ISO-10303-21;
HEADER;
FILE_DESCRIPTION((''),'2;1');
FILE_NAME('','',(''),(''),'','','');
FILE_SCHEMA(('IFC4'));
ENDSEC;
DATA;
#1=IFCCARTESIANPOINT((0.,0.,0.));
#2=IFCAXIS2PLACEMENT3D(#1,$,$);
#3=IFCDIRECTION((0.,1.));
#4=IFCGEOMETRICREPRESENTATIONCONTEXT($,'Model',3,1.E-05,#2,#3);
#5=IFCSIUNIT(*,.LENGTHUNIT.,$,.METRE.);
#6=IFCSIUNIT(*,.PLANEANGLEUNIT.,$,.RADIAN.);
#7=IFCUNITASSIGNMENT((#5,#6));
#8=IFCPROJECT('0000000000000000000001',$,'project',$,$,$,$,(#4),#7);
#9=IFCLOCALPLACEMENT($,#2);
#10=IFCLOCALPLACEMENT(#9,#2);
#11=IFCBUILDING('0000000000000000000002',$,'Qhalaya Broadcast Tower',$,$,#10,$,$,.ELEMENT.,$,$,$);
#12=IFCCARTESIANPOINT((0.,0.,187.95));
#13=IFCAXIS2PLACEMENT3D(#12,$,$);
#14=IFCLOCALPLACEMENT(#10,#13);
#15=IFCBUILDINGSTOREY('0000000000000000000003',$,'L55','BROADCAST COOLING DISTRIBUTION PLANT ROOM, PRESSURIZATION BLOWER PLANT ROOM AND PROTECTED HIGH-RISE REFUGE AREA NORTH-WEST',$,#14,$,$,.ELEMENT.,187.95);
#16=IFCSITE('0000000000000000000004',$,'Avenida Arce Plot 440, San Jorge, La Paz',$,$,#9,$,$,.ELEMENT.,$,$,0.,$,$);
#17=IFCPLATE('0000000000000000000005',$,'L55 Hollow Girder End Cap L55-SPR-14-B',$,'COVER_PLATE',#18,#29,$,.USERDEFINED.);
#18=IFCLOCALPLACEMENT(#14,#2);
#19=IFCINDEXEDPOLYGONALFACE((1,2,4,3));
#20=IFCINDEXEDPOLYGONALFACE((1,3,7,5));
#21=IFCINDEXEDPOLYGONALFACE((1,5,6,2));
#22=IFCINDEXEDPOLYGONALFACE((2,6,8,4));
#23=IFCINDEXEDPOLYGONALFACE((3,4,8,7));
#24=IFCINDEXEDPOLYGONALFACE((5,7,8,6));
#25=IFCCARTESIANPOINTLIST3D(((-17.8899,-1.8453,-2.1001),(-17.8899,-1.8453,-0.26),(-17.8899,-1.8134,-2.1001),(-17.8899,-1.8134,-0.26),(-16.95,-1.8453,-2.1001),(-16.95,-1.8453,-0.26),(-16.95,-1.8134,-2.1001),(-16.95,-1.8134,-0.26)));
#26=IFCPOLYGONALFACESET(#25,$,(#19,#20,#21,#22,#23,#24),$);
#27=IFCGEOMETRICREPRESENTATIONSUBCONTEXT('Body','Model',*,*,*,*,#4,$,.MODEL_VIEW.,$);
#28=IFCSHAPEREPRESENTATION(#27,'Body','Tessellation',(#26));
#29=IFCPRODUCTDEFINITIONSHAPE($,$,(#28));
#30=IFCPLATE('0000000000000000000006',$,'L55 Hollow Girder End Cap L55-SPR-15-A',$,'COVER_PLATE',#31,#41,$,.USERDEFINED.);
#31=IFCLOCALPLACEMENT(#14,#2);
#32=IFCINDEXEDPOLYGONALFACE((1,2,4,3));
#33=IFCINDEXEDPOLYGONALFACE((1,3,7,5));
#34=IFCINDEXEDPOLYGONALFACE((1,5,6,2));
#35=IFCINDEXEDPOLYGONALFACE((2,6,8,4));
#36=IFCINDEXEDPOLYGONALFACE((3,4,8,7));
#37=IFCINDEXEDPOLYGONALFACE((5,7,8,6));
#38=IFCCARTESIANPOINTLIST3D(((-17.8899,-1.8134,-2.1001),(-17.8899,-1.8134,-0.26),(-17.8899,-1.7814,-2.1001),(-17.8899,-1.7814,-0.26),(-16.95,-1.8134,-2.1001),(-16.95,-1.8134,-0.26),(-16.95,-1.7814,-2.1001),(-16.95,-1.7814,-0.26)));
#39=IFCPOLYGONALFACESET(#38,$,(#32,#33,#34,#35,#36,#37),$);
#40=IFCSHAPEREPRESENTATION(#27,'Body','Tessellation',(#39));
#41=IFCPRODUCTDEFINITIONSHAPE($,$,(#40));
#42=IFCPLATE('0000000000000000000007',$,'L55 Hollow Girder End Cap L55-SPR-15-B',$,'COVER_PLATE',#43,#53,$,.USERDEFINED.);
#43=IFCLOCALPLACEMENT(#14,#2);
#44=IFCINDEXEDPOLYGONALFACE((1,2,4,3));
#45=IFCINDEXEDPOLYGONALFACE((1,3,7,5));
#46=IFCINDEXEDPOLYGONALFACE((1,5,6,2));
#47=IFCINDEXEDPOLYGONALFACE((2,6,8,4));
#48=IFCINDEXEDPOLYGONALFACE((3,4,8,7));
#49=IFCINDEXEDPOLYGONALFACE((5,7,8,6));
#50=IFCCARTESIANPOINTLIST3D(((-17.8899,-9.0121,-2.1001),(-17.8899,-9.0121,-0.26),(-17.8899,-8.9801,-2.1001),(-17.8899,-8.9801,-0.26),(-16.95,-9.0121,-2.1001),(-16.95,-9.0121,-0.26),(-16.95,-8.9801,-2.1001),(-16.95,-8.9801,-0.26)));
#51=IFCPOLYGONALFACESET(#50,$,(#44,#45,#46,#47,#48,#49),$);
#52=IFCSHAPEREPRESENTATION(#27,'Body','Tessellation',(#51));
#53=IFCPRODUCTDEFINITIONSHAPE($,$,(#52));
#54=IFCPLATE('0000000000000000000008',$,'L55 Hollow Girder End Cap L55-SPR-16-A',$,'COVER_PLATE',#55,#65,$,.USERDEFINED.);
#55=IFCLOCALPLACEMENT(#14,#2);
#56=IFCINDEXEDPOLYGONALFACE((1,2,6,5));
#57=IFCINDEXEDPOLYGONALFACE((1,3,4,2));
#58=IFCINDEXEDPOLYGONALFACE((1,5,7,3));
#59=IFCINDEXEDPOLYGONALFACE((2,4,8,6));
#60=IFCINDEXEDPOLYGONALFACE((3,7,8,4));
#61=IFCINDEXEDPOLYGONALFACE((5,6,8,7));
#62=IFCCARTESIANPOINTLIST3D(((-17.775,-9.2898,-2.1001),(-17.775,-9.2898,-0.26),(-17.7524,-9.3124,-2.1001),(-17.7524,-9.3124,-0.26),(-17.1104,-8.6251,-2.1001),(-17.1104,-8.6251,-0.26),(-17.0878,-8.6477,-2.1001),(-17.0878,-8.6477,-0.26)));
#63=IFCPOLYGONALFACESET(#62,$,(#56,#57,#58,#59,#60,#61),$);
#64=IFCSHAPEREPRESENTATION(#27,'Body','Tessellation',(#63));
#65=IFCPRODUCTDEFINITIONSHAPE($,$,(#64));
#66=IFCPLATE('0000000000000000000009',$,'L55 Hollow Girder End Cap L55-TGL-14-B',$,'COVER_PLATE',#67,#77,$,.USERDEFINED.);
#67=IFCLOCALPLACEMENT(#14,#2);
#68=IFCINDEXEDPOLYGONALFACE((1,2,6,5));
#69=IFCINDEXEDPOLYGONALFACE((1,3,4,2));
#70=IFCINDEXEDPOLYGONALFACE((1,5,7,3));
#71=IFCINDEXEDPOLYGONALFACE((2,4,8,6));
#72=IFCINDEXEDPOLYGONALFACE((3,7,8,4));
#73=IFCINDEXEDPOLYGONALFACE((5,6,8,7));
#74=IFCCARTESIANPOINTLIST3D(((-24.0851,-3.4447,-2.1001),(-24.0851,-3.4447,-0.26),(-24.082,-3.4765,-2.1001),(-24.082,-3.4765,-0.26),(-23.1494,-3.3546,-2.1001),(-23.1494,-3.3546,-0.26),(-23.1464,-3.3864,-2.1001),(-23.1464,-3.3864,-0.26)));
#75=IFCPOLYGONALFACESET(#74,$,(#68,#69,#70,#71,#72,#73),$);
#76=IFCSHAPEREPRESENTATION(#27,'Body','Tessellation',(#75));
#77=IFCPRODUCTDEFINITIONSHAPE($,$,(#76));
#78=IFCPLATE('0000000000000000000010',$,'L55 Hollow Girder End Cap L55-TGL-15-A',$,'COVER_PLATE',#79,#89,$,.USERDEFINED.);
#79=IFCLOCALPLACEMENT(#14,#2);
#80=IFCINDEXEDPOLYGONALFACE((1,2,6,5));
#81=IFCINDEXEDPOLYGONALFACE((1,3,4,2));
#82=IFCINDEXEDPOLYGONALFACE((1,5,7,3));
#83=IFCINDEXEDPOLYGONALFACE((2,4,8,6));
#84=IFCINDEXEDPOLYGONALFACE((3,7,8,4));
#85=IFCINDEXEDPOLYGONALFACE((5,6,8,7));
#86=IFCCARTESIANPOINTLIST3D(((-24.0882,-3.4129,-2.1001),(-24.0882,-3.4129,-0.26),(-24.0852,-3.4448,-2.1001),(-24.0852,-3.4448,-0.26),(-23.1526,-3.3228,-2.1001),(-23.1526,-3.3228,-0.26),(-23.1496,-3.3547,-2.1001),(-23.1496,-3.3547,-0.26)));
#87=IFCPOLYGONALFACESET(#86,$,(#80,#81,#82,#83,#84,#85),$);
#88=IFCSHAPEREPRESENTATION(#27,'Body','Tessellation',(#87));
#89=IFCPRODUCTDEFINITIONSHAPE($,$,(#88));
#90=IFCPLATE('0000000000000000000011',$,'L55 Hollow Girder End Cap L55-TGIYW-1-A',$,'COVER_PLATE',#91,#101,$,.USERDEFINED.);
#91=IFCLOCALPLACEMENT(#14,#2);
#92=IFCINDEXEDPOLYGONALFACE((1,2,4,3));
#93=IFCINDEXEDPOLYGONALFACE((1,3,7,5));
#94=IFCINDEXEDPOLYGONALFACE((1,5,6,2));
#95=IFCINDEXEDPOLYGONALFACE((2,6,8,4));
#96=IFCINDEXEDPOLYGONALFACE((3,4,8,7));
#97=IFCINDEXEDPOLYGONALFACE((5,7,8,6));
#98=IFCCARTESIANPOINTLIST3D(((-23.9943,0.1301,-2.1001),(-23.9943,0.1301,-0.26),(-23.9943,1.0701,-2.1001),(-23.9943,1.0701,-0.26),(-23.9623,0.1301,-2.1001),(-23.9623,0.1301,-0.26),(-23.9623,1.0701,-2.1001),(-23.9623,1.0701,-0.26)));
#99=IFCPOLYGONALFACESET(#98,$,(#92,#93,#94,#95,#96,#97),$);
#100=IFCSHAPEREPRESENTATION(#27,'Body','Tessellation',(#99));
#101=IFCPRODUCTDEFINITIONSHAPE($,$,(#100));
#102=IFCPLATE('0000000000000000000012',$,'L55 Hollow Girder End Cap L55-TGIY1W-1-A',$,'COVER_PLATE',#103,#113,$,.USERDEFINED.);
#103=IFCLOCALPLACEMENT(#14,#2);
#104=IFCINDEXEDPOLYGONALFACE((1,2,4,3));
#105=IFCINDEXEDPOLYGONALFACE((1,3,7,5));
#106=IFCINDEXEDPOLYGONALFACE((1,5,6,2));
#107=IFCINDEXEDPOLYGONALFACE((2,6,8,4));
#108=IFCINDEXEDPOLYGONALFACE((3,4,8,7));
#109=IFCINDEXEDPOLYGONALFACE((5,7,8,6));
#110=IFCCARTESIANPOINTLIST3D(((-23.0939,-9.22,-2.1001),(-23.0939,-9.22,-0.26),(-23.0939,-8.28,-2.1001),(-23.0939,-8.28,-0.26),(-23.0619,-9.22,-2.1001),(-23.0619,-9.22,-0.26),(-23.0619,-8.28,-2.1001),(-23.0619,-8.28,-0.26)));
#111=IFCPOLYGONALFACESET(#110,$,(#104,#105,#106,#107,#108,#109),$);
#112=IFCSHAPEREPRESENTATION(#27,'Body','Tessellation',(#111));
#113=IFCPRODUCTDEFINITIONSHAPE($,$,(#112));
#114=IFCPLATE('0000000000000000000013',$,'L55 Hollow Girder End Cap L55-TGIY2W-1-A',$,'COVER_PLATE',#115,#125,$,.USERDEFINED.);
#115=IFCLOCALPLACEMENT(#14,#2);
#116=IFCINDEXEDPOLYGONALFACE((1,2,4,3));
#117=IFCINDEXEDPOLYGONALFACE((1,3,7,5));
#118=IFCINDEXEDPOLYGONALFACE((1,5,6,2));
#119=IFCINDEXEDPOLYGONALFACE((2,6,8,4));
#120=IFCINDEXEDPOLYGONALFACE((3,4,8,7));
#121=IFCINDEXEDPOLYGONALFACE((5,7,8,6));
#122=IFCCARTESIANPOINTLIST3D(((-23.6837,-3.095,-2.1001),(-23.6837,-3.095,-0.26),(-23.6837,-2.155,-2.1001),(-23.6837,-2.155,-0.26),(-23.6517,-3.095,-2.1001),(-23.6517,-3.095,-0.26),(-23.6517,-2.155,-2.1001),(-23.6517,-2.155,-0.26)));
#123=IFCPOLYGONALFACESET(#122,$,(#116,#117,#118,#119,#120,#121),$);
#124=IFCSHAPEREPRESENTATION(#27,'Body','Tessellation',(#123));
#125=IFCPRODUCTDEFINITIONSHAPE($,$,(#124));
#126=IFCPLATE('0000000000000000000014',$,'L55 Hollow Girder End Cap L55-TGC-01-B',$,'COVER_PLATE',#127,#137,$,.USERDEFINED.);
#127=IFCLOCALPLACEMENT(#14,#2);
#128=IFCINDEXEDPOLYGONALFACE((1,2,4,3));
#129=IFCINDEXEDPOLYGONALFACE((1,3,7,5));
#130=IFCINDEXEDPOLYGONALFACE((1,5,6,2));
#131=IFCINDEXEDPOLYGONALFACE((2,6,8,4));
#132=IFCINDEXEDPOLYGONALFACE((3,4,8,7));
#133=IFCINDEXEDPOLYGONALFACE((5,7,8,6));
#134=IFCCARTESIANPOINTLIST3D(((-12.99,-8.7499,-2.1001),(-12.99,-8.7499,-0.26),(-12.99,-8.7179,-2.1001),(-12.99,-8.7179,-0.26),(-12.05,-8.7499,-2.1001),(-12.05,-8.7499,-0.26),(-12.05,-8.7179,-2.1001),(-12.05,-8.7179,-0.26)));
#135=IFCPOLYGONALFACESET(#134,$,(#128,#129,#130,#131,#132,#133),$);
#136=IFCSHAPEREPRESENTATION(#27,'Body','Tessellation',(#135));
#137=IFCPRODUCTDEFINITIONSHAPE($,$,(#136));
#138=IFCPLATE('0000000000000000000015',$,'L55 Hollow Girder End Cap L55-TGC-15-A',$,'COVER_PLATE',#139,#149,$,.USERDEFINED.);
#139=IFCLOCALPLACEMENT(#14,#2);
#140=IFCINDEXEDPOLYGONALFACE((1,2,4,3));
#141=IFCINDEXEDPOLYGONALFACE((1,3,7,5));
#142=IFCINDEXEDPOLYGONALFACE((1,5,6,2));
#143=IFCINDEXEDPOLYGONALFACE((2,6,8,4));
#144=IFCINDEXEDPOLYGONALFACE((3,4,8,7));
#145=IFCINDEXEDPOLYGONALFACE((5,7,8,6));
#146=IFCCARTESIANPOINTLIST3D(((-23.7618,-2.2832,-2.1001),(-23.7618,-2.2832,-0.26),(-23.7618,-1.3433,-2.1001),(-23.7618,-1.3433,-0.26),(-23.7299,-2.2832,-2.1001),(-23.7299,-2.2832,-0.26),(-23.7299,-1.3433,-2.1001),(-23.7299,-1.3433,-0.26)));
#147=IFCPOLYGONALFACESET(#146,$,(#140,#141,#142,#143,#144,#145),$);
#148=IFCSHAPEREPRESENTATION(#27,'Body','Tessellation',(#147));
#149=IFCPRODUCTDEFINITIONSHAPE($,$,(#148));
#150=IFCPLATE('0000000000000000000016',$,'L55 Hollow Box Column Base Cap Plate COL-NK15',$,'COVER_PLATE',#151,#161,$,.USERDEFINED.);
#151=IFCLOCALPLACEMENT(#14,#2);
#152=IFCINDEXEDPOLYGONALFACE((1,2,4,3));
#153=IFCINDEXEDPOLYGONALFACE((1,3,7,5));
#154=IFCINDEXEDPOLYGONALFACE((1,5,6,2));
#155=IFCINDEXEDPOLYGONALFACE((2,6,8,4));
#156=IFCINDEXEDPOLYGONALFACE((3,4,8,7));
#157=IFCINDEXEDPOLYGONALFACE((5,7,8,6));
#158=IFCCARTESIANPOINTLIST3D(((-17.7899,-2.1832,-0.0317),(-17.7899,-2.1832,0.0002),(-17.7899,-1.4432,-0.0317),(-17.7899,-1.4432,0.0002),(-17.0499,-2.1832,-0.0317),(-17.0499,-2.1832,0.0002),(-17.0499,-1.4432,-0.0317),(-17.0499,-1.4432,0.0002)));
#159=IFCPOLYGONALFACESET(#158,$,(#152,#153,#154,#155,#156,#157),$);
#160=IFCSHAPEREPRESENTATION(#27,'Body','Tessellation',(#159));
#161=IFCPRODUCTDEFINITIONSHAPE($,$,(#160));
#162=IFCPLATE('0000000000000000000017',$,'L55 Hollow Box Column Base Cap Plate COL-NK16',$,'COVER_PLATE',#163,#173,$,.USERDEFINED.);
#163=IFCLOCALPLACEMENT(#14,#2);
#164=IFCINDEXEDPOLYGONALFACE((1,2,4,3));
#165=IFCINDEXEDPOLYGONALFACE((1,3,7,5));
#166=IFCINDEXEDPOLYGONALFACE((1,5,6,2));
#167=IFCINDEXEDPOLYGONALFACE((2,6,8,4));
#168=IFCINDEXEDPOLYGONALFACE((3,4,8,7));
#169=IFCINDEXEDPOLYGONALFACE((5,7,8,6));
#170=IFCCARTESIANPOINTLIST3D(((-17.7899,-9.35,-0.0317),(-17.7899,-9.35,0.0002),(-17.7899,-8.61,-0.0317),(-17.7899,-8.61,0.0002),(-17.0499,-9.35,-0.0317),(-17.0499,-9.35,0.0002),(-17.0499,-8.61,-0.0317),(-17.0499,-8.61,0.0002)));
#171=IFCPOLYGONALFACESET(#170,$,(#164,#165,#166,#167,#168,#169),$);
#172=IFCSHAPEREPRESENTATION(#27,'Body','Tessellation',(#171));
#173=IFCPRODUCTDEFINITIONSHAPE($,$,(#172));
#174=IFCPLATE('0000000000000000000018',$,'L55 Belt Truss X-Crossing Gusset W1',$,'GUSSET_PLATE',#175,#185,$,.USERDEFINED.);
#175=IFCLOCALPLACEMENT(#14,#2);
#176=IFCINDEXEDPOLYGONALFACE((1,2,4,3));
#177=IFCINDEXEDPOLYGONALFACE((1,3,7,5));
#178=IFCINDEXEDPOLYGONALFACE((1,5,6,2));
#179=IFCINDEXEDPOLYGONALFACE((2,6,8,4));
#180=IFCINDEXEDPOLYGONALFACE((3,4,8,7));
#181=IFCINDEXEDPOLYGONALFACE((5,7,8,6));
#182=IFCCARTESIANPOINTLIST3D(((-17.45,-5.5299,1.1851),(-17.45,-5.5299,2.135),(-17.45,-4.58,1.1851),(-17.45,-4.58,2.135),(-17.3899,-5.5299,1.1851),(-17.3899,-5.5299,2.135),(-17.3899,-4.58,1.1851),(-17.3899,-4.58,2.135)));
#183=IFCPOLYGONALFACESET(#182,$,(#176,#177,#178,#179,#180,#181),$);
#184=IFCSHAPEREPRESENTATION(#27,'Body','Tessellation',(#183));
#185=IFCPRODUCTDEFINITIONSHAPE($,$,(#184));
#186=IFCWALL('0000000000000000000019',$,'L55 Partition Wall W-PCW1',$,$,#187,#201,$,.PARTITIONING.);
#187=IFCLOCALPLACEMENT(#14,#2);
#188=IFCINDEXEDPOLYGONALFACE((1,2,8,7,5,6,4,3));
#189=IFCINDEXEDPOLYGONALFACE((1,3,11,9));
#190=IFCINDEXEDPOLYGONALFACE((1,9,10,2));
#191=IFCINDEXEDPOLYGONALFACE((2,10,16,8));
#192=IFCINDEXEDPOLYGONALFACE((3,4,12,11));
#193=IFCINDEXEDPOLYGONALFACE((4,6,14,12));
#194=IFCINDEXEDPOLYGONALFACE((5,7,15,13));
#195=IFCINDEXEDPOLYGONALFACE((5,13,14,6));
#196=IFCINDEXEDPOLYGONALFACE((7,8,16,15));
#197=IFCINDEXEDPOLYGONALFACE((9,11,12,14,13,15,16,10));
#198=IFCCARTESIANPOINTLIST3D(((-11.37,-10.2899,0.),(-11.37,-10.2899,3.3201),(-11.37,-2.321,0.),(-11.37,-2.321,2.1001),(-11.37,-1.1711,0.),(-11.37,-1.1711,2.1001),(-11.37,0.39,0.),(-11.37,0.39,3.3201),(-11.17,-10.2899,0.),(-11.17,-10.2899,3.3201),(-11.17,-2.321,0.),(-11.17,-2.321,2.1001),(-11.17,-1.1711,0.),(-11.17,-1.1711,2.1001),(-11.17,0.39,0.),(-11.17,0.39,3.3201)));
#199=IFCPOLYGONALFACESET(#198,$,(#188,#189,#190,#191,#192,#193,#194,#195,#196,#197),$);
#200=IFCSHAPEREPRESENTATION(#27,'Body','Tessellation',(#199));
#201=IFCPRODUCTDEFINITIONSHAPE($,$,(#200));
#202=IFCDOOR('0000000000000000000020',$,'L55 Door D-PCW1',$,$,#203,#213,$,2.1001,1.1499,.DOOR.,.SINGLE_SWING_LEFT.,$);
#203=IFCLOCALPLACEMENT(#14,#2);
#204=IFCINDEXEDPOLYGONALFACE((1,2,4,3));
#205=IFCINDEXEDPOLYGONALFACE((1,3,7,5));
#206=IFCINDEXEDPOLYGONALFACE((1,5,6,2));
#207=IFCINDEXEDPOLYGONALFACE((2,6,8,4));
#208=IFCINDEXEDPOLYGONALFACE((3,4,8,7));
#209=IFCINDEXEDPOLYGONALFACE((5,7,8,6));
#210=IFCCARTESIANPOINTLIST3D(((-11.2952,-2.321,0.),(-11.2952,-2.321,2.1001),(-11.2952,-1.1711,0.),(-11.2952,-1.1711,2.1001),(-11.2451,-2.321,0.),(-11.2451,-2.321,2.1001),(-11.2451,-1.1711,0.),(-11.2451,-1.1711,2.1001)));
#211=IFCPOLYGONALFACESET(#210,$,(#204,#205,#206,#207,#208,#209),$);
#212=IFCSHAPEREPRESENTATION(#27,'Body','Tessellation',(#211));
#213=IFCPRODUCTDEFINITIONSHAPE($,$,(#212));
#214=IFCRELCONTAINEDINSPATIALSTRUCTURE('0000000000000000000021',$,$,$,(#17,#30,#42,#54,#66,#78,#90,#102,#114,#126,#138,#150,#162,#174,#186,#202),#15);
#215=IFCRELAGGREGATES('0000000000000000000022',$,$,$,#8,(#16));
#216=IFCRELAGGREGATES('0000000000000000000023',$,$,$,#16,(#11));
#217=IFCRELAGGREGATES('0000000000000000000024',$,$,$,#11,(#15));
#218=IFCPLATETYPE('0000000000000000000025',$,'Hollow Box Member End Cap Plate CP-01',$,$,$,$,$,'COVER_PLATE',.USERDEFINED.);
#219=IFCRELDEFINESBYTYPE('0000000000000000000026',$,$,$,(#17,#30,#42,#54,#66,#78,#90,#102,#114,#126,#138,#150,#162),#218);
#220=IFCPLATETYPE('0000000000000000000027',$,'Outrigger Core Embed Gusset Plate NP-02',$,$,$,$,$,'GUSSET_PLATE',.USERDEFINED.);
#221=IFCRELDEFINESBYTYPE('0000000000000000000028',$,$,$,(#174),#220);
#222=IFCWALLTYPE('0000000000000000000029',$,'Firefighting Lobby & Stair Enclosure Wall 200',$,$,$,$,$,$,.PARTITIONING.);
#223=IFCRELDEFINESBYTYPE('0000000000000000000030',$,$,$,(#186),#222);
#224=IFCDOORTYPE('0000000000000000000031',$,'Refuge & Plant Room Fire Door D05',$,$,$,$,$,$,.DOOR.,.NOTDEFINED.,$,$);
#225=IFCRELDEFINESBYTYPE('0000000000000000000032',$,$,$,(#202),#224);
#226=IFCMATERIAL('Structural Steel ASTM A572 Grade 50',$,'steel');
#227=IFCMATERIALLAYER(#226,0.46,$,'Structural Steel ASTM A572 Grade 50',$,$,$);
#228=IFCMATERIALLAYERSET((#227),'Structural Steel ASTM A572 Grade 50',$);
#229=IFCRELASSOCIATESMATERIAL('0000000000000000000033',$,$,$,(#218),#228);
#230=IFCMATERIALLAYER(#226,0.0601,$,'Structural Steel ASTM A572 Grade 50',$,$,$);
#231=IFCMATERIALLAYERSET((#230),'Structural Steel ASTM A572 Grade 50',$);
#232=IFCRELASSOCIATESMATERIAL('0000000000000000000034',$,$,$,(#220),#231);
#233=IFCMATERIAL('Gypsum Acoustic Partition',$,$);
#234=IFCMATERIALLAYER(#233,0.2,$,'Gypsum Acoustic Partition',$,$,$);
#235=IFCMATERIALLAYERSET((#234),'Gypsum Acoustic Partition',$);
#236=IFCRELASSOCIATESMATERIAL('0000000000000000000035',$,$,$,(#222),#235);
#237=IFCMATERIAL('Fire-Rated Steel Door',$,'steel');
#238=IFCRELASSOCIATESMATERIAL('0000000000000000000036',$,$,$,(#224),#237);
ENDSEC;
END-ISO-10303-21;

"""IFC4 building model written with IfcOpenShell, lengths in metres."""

from ifc_helpers import new_model, si_unit, direction, frame, frame_2d, origin, origin_2d, place, context, subcontext, project, spatial, rectangle, extrude, material, layer, layer_set, type_object, element, fill, save


model = new_model("IFC4")

# Units and contexts
model_context = context("Model", 3, precision=1e-05, world=origin(), true_north=direction((0.0, 1.0)))
body_context = subcontext(model_context, "Body", "Model", "MODEL_VIEW")
ifc_project = project(units=[si_unit("LENGTHUNIT", "METRE"), si_unit("PLANEANGLEUNIT", "RADIAN")], contexts=[model_context])

# Site, building, storey
site_placement = place(None, origin())
site = spatial("IfcSite", under=ifc_project, at=site_placement, Name="Avenida Arce Plot 440, San Jorge, La Paz", CompositionType="ELEMENT", RefElevation=0.0)
building_placement = place(site_placement, origin())
building = spatial("IfcBuilding", under=site, at=building_placement, Name="Qhalaya Broadcast Tower", CompositionType="ELEMENT")
storey_placement = place(building_placement, frame((0.0, 0.0, 187.95)))
storey = spatial("IfcBuildingStorey", under=building, at=storey_placement, Name="L55", Description="BROADCAST COOLING DISTRIBUTION PLANT ROOM, PRESSURIZATION BLOWER PLANT ROOM AND PROTECTED HIGH-RISE REFUGE AREA NORTH-WEST", CompositionType="ELEMENT", Elevation=187.95)

# Shared definitions
ifc_material_1 = material(Name="Structural Steel ASTM A572 Grade 50", Category="steel")

# Plates
ifc_layer_1 = layer(ifc_material_1, 0.46, Name="Structural Steel ASTM A572 Grade 50")
ifc_layer_set_1 = layer_set([ifc_layer_1], Name="Structural Steel ASTM A572 Grade 50")
plate_type_1 = type_object("IfcPlateType", Name="Hollow Box Member End Cap Plate CP-01", ElementType="COVER_PLATE", PredefinedType="USERDEFINED", material=ifc_layer_set_1)
for number, where, z_axis, x_axis, name in (
    (1, (-17.4199, -1.8293, -2.1001), (0.0, 0.0, 1.0), (1.0, 0.0, 0.0), "L55 Hollow Girder End Cap L55-SPR-14-B"),
    (2, (-17.4199, -1.7974, -2.1001), (0.0, 0.0, 1.0), (1.0, 0.0, 0.0), "L55 Hollow Girder End Cap L55-SPR-15-A"),
    (3, (-17.4199, -8.9961, -2.1001), (0.0, 0.0, 1.0), (1.0, 0.0, 0.0), "L55 Hollow Girder End Cap L55-SPR-15-B"),
    (4, (-17.4314, -8.9688, -2.1001), (0.0, 0.0, 1.0), (0.707107, 0.707107, 0.0), "L55 Hollow Girder End Cap L55-SPR-16-A"),
    (5, (-23.6157, -3.4155, -2.1001), (0.0, 0.0, 1.0), (0.995396, 0.095846, 0.0), "L55 Hollow Girder End Cap L55-TGL-14-B"),
    (6, (-23.6189, -3.3838, -2.1001), (0.0, 0.0, 1.0), (0.995396, 0.095846, 0.0), "L55 Hollow Girder End Cap L55-TGL-15-A"),
    (7, (-23.9783, 0.6001, -2.1001), (0.0, 0.0, 1.0), (0.0, 1.0, 0.0), "L55 Hollow Girder End Cap L55-TGIYW-1-A"),
    (8, (-23.0779, -8.75, -2.1001), (0.0, 0.0, 1.0), (0.0, 1.0, 0.0), "L55 Hollow Girder End Cap L55-TGIY1W-1-A"),
    (9, (-23.6677, -2.625, -2.1001), (0.0, 0.0, 1.0), (0.0, 1.0, 0.0), "L55 Hollow Girder End Cap L55-TGIY2W-1-A"),
    (10, (-12.52, -8.7339, -2.1001), (0.0, 0.0, 1.0), (-1.0, 0.0, 0.0), "L55 Hollow Girder End Cap L55-TGC-01-B"),
    (11, (-23.7458, -1.8132, -2.1001), (0.0, 0.0, 1.0), (0.0, 1.0, 0.0), "L55 Hollow Girder End Cap L55-TGC-15-A"),
):
    element("IfcPlate", number, at=place(storey_placement, frame(where, z_axis=z_axis, x_axis=x_axis)), inside=storey, type_object=plate_type_1, Name=name, ObjectType="COVER_PLATE", PredefinedType="USERDEFINED", context=body_context, shape_type="SweptSolid", body=[
        extrude(rectangle(XDim=0.9399, YDim=0.032, at=origin_2d()), origin(), (0.0, 0.0, 1.0), 1.8401),
    ])
for number, where, z_axis, x_axis, name in (
    (12, (-17.4199, -1.8132, -0.0317), (0.0, 0.0, 1.0), (0.0, 1.0, 0.0), "L55 Hollow Box Column Base Cap Plate COL-NK15"),
    (13, (-17.4199, -8.98, -0.0317), (0.0, 0.0, 1.0), (0.0, 1.0, 0.0), "L55 Hollow Box Column Base Cap Plate COL-NK16"),
):
    element("IfcPlate", number, at=place(storey_placement, frame(where, z_axis=z_axis, x_axis=x_axis)), inside=storey, type_object=plate_type_1, Name=name, ObjectType="COVER_PLATE", PredefinedType="USERDEFINED", context=body_context, shape_type="SweptSolid", body=[
        extrude(rectangle(XDim=0.74, YDim=0.74, at=origin_2d()), origin(), (0.0, 0.0, 1.0), 0.032),
    ])
ifc_layer_2 = layer(ifc_material_1, 0.0601, Name="Structural Steel ASTM A572 Grade 50")
ifc_layer_set_2 = layer_set([ifc_layer_2], Name="Structural Steel ASTM A572 Grade 50")
plate_type_2 = type_object("IfcPlateType", Name="Outrigger Core Embed Gusset Plate NP-02", ElementType="GUSSET_PLATE", PredefinedType="USERDEFINED", material=ifc_layer_set_2)
plate_placement = place(storey_placement, frame((-17.4199, -5.0549, 1.1851), z_axis=(0.0, 0.0, 1.0), x_axis=(0.0, 1.0, 0.0)))
element("IfcPlate", 14, at=plate_placement, inside=storey, type_object=plate_type_2, Name="L55 Belt Truss X-Crossing Gusset W1", ObjectType="GUSSET_PLATE", PredefinedType="USERDEFINED", context=body_context, shape_type="SweptSolid", body=[
    extrude(rectangle(XDim=0.95, YDim=0.0601, at=origin_2d()), origin(), (0.0, 0.0, 1.0), 0.95),
])

# Wall, opening, door
ifc_material_2 = material(Name="Gypsum Acoustic Partition")
ifc_layer_3 = layer(ifc_material_2, 0.2, Name="Gypsum Acoustic Partition")
ifc_layer_set_3 = layer_set([ifc_layer_3], Name="Gypsum Acoustic Partition")
wall_type_1 = type_object("IfcWallType", Name="Firefighting Lobby & Stair Enclosure Wall 200", PredefinedType="PARTITIONING", material=ifc_layer_set_3)
wall_1_placement = place(storey_placement, frame((-11.27, 0.3899, 0.0), z_axis=(0.0, 0.0, 1.0), x_axis=(0.0, -1.0, 0.0)))
wall_1 = element("IfcWall", 15, at=wall_1_placement, inside=storey, type_object=wall_type_1, Name="L55 Partition Wall W-PCW1", PredefinedType="PARTITIONING", context=body_context, shape_type="SweptSolid", body=[
    extrude(rectangle(XDim=10.6799, YDim=0.2, at=frame_2d((5.3398, 0.0))), origin(), (0.0, 0.0, 1.0), 3.3201),
])
opening_1_placement = place(wall_1_placement, frame((1.561, 0.0, 0.0)))
opening_1 = element("IfcOpeningElement", 16, at=opening_1_placement, cuts=wall_1, PredefinedType="OPENING", context=body_context, shape_type="SweptSolid", body=[
    extrude(rectangle(XDim=1.1499, YDim=2.1001, at=frame_2d((0.575, 1.05))), frame((0.0, 0.1121, 0.0), z_axis=(0.0, -1.0, 0.0), x_axis=(1.0, 0.0, 0.0)), (0.0, 0.0, 1.0), 0.2239),
])
ifc_material_3 = material(Name="Fire-Rated Steel Door", Category="steel")
door_type_1 = type_object("IfcDoorType", Name="Refuge & Plant Room Fire Door D05", OperationType="NOTDEFINED", PredefinedType="DOOR", material=ifc_material_3)
door_1_placement = place(opening_1_placement, origin())
door_1 = element("IfcDoor", 17, at=door_1_placement, inside=storey, type_object=door_type_1, Name="L55 Door D-PCW1", OperationType="SINGLE_SWING_LEFT", OverallHeight=2.1001, OverallWidth=1.1499, PredefinedType="DOOR", context=body_context, shape_type="SweptSolid", body=[
    extrude(rectangle(XDim=1.1499, YDim=2.1001, at=frame_2d((0.575, 1.05))), frame((0.0, 0.0249, 0.0), z_axis=(0.0, -1.0, 0.0), x_axis=(1.0, 0.0, 0.0)), (0.0, 0.0, 1.0), 0.05),
])
fill(opening_1, door_1)

save(model, "model.ifc")
